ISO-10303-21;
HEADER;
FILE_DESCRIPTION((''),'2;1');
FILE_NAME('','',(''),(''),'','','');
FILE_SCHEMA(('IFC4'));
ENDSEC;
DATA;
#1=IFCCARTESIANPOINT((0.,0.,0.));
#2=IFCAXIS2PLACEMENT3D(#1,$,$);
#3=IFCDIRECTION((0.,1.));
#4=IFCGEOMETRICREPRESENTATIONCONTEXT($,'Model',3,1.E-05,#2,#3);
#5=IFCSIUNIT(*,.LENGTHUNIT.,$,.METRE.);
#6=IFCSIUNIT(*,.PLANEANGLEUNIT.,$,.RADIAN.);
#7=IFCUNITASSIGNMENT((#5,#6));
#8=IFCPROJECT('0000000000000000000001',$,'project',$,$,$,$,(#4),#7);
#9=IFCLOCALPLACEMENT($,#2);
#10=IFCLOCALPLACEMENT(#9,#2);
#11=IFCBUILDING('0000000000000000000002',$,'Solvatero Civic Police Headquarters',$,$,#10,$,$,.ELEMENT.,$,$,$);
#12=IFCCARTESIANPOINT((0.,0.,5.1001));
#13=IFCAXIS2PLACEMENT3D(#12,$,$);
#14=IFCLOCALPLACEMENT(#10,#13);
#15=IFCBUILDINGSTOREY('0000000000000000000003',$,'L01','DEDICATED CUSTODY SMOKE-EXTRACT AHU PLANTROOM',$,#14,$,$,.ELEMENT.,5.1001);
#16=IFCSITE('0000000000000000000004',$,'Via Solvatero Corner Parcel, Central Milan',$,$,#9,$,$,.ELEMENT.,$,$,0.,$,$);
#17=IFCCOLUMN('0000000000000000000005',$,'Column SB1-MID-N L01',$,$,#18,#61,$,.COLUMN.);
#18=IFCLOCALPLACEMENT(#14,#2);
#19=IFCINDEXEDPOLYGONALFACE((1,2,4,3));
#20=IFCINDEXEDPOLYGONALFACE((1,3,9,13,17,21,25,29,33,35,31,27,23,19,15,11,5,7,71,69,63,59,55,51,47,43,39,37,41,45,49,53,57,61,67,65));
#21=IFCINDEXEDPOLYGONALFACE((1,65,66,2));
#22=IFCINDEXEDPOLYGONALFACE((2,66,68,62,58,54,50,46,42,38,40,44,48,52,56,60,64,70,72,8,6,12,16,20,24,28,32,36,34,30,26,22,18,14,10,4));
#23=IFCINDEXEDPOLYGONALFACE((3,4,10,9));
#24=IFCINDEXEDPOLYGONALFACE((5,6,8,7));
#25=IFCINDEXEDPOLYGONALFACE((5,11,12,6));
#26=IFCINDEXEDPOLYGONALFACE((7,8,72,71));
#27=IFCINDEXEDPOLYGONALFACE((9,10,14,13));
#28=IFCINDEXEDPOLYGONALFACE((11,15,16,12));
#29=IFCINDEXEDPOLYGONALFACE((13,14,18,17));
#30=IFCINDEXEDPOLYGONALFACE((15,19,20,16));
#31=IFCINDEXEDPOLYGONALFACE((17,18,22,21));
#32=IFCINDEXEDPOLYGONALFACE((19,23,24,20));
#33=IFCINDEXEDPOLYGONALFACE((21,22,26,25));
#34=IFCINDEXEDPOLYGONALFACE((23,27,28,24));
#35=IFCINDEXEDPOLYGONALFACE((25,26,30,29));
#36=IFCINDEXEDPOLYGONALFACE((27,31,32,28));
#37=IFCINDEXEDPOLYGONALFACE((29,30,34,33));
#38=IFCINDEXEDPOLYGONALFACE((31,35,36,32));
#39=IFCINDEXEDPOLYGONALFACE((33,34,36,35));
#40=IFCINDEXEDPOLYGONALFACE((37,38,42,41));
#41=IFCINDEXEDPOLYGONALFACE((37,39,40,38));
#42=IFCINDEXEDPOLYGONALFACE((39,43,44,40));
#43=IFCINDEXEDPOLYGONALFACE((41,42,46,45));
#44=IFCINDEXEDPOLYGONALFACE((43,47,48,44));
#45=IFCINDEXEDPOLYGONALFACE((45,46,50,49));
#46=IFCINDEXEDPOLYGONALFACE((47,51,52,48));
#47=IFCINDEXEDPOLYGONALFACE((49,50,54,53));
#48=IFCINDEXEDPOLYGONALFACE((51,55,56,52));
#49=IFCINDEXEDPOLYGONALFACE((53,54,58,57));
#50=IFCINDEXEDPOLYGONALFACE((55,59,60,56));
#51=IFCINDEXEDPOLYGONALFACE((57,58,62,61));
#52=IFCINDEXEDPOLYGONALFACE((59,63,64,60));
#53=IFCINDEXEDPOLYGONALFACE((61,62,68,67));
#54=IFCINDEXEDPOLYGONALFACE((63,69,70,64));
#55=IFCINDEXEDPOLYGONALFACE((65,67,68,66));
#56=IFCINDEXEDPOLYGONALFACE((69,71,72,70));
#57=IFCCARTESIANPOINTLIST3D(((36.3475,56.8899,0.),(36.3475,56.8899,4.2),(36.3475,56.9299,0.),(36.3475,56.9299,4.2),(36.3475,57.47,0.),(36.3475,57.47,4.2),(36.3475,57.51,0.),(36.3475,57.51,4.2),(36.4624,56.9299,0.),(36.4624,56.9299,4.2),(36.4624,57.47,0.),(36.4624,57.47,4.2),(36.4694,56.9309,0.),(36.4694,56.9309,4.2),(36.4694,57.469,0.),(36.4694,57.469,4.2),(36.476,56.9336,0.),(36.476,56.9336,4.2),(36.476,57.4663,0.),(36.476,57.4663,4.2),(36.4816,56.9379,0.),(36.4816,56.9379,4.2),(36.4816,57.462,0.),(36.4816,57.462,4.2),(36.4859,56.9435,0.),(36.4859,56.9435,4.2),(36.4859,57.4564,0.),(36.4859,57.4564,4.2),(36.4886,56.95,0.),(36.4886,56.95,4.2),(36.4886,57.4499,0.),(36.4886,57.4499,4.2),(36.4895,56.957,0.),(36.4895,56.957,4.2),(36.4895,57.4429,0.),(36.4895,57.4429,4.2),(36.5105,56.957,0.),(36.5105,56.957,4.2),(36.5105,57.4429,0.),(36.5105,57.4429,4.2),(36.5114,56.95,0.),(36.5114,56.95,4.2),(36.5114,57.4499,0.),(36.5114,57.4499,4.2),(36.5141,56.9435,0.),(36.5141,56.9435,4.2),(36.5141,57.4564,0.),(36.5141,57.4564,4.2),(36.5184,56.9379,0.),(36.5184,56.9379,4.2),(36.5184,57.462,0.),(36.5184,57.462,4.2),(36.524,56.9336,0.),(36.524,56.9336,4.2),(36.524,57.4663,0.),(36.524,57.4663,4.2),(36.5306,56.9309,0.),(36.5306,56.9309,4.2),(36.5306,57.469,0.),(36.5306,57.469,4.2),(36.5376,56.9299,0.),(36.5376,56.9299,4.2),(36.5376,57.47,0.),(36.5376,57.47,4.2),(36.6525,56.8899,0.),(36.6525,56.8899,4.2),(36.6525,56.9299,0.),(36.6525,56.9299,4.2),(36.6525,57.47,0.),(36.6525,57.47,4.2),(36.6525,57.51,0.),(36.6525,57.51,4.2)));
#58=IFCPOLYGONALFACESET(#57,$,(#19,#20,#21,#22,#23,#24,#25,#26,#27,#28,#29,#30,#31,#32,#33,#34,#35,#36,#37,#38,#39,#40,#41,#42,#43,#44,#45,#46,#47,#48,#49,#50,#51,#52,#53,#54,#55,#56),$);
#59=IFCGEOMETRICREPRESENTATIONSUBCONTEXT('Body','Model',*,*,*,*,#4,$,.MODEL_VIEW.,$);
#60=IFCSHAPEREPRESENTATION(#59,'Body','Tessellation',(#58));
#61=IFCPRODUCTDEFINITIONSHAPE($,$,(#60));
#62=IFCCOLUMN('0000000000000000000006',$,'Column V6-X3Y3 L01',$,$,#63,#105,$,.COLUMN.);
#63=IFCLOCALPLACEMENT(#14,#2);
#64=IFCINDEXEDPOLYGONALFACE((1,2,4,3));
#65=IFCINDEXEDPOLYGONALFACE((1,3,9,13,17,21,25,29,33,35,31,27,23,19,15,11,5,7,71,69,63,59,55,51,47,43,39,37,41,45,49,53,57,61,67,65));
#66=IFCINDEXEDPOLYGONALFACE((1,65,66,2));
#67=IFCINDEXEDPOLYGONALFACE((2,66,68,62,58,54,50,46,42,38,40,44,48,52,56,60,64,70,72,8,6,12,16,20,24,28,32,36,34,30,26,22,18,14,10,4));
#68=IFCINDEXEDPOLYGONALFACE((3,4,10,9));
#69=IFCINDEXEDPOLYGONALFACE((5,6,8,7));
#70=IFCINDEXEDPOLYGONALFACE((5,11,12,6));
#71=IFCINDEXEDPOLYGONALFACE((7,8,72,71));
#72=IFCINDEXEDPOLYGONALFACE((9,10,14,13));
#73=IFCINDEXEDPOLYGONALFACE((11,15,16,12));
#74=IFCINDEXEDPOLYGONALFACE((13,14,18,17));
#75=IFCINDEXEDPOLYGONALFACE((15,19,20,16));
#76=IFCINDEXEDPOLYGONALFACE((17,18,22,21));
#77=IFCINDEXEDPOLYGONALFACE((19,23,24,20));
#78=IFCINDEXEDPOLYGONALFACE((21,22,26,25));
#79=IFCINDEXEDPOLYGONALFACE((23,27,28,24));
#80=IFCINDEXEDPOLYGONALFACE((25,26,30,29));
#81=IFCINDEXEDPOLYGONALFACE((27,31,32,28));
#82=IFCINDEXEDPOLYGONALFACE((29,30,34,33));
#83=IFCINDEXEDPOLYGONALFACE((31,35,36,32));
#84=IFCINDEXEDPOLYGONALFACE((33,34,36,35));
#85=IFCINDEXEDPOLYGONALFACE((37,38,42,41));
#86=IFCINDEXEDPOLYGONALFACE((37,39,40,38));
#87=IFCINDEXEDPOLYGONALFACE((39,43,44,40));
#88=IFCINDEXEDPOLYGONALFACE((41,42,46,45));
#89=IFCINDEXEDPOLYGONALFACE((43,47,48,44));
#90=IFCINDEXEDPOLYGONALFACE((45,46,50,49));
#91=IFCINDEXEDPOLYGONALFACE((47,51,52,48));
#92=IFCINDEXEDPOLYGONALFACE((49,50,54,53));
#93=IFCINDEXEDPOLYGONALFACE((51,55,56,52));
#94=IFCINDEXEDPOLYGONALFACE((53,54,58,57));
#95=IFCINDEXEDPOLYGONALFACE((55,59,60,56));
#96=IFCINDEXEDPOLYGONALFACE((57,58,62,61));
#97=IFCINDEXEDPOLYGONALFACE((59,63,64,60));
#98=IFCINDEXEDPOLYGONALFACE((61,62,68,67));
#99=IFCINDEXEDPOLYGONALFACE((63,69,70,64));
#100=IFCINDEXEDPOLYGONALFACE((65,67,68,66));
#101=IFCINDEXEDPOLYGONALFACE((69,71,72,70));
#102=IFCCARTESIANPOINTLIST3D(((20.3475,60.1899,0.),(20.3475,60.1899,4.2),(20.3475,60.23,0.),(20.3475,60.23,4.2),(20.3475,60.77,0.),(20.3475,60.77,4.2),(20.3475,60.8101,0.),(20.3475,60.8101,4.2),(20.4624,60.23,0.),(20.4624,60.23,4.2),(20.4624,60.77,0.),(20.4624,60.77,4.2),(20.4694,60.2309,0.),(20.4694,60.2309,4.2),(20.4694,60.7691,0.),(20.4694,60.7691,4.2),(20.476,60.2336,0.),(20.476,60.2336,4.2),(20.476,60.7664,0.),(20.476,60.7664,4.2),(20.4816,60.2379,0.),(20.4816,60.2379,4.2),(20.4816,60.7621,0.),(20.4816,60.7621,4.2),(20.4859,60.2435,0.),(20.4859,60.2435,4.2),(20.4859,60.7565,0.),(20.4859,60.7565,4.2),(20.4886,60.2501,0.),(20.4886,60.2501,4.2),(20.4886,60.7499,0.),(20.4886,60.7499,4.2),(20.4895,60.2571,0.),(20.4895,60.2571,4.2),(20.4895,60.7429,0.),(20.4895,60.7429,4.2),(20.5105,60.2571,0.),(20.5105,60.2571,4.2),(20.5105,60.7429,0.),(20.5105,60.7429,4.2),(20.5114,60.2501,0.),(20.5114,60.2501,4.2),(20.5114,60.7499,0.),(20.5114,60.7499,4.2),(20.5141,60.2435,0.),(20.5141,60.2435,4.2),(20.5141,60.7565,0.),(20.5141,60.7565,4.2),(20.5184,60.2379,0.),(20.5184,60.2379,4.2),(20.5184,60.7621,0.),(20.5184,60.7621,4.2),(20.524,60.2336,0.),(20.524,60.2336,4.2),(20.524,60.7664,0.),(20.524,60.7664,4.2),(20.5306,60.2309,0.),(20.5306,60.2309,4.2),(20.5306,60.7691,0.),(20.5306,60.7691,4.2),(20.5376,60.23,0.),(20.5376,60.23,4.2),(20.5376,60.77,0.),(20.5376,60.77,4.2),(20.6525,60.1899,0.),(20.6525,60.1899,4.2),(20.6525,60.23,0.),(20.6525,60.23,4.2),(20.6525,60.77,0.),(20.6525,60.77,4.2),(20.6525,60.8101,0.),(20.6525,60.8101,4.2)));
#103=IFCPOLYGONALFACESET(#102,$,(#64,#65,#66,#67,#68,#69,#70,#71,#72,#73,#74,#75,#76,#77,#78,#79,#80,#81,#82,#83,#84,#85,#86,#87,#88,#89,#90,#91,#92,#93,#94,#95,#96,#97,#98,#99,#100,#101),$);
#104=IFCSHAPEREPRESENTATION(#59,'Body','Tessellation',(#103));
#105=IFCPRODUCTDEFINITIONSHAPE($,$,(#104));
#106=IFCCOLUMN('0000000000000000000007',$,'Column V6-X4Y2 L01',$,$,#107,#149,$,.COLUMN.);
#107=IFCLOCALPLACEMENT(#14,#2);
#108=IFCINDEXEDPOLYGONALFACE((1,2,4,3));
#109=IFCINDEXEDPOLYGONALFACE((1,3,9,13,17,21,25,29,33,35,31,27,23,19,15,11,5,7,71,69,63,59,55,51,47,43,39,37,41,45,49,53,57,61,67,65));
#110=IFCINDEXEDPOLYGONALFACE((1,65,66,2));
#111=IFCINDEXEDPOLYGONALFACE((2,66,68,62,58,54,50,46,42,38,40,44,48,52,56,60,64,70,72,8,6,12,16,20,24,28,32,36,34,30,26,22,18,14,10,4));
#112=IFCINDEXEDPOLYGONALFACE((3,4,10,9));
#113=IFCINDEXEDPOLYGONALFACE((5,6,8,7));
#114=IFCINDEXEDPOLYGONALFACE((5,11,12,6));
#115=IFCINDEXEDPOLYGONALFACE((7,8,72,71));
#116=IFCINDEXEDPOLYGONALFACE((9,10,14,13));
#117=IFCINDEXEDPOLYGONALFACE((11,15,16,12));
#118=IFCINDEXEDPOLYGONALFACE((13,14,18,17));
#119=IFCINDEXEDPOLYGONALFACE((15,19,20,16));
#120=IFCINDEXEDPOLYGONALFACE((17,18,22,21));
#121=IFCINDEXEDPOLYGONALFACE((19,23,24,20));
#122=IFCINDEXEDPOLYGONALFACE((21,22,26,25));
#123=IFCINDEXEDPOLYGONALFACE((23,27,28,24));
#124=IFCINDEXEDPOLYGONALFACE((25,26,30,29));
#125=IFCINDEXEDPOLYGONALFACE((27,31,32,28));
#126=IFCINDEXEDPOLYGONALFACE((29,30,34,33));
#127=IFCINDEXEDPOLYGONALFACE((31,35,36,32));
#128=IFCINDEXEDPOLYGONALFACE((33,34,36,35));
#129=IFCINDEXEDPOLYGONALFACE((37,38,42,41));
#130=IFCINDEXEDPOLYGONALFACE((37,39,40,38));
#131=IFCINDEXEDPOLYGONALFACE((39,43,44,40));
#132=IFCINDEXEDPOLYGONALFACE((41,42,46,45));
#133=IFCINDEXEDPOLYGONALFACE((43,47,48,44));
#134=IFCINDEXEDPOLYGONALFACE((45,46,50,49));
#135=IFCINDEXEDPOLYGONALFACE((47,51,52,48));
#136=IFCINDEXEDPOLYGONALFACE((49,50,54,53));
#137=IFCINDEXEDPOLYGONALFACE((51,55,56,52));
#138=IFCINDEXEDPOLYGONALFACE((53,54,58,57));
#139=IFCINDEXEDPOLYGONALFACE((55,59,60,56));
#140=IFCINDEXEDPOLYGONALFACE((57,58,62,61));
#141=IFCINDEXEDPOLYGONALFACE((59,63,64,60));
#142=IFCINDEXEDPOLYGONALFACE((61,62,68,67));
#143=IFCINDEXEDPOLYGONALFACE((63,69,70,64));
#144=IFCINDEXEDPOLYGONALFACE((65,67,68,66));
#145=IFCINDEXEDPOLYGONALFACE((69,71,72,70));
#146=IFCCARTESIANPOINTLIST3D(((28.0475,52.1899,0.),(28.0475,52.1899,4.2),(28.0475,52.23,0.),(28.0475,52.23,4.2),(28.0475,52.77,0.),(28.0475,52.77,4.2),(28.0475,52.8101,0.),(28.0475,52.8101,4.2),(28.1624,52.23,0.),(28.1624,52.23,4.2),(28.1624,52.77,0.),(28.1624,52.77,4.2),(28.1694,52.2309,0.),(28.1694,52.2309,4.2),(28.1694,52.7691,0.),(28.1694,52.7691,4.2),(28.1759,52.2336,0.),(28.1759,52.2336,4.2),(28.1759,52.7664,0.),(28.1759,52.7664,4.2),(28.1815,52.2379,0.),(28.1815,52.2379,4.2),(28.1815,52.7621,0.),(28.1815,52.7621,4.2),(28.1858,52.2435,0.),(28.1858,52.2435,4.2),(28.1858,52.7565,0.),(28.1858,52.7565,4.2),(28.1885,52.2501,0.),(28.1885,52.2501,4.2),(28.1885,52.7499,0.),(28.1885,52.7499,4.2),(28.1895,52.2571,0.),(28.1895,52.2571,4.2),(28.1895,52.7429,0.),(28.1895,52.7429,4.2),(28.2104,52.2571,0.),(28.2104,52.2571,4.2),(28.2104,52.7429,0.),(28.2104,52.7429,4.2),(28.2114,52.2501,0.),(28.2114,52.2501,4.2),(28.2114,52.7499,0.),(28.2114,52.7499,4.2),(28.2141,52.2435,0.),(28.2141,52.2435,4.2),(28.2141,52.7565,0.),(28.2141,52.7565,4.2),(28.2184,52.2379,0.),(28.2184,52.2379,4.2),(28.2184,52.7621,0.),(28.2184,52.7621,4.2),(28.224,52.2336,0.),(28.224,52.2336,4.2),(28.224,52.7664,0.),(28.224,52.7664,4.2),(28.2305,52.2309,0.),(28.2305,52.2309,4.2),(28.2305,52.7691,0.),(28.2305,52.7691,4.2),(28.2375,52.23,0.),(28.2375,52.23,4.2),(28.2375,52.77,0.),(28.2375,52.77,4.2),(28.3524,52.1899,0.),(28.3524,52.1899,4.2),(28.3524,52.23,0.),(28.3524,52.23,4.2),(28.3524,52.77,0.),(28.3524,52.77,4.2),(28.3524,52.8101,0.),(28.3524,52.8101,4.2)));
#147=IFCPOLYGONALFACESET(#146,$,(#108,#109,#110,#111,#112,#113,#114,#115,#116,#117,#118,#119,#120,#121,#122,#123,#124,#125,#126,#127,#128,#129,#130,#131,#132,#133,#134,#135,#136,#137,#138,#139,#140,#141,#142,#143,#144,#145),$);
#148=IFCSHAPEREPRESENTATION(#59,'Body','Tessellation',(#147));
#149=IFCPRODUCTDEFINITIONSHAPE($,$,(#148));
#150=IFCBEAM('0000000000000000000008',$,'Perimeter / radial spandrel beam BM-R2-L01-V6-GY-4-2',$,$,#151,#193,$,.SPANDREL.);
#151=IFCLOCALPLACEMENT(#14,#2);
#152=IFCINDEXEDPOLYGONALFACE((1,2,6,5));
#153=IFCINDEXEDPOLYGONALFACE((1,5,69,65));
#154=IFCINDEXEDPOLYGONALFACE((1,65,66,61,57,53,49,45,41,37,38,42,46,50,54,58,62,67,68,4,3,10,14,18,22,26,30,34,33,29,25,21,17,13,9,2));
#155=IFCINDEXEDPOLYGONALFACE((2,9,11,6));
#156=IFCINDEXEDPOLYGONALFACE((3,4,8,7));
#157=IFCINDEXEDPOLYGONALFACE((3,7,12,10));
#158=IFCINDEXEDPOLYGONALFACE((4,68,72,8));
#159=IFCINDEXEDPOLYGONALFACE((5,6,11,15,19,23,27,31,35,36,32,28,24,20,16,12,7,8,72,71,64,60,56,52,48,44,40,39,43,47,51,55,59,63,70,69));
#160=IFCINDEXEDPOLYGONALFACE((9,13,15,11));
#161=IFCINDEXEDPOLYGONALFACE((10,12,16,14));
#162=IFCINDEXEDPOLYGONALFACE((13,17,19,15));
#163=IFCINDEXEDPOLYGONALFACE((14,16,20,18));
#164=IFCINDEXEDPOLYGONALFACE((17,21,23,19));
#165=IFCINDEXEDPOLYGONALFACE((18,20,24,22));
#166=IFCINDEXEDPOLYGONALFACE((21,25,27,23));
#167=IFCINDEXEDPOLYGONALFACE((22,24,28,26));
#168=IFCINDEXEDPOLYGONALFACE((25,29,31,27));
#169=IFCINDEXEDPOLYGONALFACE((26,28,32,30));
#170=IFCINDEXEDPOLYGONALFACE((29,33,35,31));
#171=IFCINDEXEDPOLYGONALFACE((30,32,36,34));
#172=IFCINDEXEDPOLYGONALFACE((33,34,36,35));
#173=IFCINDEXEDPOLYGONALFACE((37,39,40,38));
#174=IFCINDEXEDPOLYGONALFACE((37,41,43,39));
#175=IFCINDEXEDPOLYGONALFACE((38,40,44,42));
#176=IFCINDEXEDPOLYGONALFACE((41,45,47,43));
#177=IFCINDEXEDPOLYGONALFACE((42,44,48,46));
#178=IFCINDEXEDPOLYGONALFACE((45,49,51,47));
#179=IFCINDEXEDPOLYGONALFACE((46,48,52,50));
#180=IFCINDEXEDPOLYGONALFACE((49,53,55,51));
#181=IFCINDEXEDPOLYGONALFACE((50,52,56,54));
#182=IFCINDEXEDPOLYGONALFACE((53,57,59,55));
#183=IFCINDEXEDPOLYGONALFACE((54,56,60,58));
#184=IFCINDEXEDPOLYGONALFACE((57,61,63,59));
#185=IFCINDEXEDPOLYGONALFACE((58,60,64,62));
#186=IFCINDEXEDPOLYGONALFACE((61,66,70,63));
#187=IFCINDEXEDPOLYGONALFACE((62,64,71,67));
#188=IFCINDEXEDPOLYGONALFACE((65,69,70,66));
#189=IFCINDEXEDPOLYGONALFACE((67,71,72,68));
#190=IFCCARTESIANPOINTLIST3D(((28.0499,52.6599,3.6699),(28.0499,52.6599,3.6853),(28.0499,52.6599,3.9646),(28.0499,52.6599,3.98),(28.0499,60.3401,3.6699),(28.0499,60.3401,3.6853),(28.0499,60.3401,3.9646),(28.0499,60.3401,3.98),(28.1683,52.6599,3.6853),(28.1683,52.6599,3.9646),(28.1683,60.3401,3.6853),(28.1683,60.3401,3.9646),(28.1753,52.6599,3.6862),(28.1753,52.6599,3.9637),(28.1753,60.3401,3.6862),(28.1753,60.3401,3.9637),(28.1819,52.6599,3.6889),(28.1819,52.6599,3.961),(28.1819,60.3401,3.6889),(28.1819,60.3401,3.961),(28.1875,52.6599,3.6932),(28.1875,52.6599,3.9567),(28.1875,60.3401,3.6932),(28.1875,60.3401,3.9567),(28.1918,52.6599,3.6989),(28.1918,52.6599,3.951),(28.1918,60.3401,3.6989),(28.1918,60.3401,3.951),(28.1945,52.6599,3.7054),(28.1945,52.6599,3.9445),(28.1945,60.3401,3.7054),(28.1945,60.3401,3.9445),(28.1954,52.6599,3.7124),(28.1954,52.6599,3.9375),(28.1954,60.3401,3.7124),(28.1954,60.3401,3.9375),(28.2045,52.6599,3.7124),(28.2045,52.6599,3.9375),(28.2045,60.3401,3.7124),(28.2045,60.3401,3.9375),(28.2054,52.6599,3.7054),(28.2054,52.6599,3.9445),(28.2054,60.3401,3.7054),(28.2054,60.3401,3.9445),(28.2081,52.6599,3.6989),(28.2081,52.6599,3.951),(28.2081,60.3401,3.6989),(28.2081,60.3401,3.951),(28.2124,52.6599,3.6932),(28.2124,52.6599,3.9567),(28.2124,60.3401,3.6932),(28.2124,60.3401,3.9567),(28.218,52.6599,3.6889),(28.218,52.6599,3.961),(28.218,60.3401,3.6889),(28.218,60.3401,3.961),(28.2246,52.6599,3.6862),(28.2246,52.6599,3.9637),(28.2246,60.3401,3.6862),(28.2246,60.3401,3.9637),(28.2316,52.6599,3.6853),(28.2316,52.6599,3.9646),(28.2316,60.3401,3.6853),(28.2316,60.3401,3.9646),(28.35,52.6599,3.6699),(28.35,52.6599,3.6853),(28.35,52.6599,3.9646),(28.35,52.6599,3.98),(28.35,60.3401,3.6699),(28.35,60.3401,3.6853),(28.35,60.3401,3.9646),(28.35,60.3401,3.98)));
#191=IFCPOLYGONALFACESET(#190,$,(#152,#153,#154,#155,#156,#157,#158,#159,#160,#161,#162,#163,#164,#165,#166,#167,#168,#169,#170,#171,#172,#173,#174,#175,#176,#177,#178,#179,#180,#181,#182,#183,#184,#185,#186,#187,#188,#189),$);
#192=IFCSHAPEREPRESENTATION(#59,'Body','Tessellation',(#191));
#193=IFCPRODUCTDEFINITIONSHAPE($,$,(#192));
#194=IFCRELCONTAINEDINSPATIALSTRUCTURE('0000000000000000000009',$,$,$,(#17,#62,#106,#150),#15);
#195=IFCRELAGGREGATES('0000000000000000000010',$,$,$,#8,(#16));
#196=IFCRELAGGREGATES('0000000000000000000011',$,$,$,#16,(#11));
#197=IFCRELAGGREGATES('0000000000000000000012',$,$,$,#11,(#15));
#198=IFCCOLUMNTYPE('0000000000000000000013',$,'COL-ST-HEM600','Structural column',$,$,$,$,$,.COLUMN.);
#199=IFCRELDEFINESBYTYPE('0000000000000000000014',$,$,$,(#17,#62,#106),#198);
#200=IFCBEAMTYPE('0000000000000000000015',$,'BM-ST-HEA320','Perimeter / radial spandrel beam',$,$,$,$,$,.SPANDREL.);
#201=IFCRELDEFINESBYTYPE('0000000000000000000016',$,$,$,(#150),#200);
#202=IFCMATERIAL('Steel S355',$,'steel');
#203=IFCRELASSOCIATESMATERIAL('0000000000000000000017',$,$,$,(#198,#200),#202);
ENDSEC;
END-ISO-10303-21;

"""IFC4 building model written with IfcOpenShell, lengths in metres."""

from ifc_helpers import new_model, si_unit, direction, frame, origin, origin_2d, place, context, subcontext, project, spatial, i_section, extrude, material, material_profile, profile_set, type_object, element, save


model = new_model("IFC4")

# Units and contexts
model_context = context("Model", 3, precision=1e-05, world=origin(), true_north=direction((0.0, 1.0)))
body_context = subcontext(model_context, "Body", "Model", "MODEL_VIEW")
ifc_project = project(units=[si_unit("LENGTHUNIT", "METRE"), si_unit("PLANEANGLEUNIT", "RADIAN")], contexts=[model_context])

# Site, building, storey
site_placement = place(None, origin())
site = spatial("IfcSite", under=ifc_project, at=site_placement, Name="Via Solvatero Corner Parcel, Central Milan", CompositionType="ELEMENT", RefElevation=0.0)
building_placement = place(site_placement, origin())
building = spatial("IfcBuilding", under=site, at=building_placement, Name="Solvatero Civic Police Headquarters", CompositionType="ELEMENT")
storey_placement = place(building_placement, frame((0.0, 0.0, 5.1001)))
storey = spatial("IfcBuildingStorey", under=building, at=storey_placement, Name="L01", Description="DEDICATED CUSTODY SMOKE-EXTRACT AHU PLANTROOM", CompositionType="ELEMENT", Elevation=5.1001)

# Columns
ifc_material_1 = material(Name="Steel S355", Category="steel")
ifc_material_profile_1 = material_profile(ifc_material_1, i_section(OverallWidth=0.3049, OverallDepth=0.6201, WebThickness=0.021, FlangeThickness=0.04, FilletRadius=0.0271, at=origin_2d()), Name="HEM 600")
ifc_profile_set_1 = profile_set([ifc_material_profile_1], Name="Steel S355")
column_type_1 = type_object("IfcColumnType", Name="COL-ST-HEM600", Description="Structural column", PredefinedType="COLUMN", material=ifc_profile_set_1)
for number, where, z_axis, x_axis, name in (
    (1, (36.5, 57.2, 0.0), (0.0, 0.0, 1.0), (1.0, 0.0, 0.0), "Column SB1-MID-N L01"),
    (2, (20.5, 60.5, 0.0), (0.0, 0.0, 1.0), (1.0, 0.0, 0.0), "Column V6-X3Y3 L01"),
    (3, (28.2, 52.5, 0.0), (0.0, 0.0, 1.0), (1.0, 0.0, 0.0), "Column V6-X4Y2 L01"),
):
    element("IfcColumn", number, at=place(storey_placement, frame(where, z_axis=z_axis, x_axis=x_axis)), inside=storey, type_object=column_type_1, Name=name, PredefinedType="COLUMN", context=body_context, shape_type="SweptSolid", body=[
        extrude(i_section(OverallWidth=0.3049, OverallDepth=0.6201, WebThickness=0.021, FlangeThickness=0.04, FilletRadius=0.0271, at=origin_2d()), origin(), (0.0, 0.0, 1.0), 4.2),
    ])

# Beam
ifc_material_profile_2 = material_profile(ifc_material_1, i_section(OverallWidth=0.3, OverallDepth=0.3101, WebThickness=0.009, FlangeThickness=0.0154, FilletRadius=0.0271, at=origin_2d()), Name="HEA 320")
ifc_profile_set_2 = profile_set([ifc_material_profile_2], Name="Steel S355")
beam_type_1 = type_object("IfcBeamType", Name="BM-ST-HEA320", Description="Perimeter / radial spandrel beam", PredefinedType="SPANDREL", material=ifc_profile_set_2)
for number, where, z_axis, x_axis, name in (
    (4, (28.2, 52.6599, 3.825), (0.0, 1.0, 0.0), (-1.0, 0.0, 0.0), "Perimeter / radial spandrel beam BM-R2-L01-V6-GY-4-2"),
):
    element("IfcBeam", number, at=place(storey_placement, frame(where, z_axis=z_axis, x_axis=x_axis)), inside=storey, type_object=beam_type_1, Name=name, PredefinedType="SPANDREL", context=body_context, shape_type="SweptSolid", body=[
        extrude(i_section(OverallWidth=0.3, OverallDepth=0.3101, WebThickness=0.009, FlangeThickness=0.0154, FilletRadius=0.0271, at=origin_2d()), origin(), (0.0, 0.0, 1.0), 7.6802),
    ])

save(model, "model.ifc")
